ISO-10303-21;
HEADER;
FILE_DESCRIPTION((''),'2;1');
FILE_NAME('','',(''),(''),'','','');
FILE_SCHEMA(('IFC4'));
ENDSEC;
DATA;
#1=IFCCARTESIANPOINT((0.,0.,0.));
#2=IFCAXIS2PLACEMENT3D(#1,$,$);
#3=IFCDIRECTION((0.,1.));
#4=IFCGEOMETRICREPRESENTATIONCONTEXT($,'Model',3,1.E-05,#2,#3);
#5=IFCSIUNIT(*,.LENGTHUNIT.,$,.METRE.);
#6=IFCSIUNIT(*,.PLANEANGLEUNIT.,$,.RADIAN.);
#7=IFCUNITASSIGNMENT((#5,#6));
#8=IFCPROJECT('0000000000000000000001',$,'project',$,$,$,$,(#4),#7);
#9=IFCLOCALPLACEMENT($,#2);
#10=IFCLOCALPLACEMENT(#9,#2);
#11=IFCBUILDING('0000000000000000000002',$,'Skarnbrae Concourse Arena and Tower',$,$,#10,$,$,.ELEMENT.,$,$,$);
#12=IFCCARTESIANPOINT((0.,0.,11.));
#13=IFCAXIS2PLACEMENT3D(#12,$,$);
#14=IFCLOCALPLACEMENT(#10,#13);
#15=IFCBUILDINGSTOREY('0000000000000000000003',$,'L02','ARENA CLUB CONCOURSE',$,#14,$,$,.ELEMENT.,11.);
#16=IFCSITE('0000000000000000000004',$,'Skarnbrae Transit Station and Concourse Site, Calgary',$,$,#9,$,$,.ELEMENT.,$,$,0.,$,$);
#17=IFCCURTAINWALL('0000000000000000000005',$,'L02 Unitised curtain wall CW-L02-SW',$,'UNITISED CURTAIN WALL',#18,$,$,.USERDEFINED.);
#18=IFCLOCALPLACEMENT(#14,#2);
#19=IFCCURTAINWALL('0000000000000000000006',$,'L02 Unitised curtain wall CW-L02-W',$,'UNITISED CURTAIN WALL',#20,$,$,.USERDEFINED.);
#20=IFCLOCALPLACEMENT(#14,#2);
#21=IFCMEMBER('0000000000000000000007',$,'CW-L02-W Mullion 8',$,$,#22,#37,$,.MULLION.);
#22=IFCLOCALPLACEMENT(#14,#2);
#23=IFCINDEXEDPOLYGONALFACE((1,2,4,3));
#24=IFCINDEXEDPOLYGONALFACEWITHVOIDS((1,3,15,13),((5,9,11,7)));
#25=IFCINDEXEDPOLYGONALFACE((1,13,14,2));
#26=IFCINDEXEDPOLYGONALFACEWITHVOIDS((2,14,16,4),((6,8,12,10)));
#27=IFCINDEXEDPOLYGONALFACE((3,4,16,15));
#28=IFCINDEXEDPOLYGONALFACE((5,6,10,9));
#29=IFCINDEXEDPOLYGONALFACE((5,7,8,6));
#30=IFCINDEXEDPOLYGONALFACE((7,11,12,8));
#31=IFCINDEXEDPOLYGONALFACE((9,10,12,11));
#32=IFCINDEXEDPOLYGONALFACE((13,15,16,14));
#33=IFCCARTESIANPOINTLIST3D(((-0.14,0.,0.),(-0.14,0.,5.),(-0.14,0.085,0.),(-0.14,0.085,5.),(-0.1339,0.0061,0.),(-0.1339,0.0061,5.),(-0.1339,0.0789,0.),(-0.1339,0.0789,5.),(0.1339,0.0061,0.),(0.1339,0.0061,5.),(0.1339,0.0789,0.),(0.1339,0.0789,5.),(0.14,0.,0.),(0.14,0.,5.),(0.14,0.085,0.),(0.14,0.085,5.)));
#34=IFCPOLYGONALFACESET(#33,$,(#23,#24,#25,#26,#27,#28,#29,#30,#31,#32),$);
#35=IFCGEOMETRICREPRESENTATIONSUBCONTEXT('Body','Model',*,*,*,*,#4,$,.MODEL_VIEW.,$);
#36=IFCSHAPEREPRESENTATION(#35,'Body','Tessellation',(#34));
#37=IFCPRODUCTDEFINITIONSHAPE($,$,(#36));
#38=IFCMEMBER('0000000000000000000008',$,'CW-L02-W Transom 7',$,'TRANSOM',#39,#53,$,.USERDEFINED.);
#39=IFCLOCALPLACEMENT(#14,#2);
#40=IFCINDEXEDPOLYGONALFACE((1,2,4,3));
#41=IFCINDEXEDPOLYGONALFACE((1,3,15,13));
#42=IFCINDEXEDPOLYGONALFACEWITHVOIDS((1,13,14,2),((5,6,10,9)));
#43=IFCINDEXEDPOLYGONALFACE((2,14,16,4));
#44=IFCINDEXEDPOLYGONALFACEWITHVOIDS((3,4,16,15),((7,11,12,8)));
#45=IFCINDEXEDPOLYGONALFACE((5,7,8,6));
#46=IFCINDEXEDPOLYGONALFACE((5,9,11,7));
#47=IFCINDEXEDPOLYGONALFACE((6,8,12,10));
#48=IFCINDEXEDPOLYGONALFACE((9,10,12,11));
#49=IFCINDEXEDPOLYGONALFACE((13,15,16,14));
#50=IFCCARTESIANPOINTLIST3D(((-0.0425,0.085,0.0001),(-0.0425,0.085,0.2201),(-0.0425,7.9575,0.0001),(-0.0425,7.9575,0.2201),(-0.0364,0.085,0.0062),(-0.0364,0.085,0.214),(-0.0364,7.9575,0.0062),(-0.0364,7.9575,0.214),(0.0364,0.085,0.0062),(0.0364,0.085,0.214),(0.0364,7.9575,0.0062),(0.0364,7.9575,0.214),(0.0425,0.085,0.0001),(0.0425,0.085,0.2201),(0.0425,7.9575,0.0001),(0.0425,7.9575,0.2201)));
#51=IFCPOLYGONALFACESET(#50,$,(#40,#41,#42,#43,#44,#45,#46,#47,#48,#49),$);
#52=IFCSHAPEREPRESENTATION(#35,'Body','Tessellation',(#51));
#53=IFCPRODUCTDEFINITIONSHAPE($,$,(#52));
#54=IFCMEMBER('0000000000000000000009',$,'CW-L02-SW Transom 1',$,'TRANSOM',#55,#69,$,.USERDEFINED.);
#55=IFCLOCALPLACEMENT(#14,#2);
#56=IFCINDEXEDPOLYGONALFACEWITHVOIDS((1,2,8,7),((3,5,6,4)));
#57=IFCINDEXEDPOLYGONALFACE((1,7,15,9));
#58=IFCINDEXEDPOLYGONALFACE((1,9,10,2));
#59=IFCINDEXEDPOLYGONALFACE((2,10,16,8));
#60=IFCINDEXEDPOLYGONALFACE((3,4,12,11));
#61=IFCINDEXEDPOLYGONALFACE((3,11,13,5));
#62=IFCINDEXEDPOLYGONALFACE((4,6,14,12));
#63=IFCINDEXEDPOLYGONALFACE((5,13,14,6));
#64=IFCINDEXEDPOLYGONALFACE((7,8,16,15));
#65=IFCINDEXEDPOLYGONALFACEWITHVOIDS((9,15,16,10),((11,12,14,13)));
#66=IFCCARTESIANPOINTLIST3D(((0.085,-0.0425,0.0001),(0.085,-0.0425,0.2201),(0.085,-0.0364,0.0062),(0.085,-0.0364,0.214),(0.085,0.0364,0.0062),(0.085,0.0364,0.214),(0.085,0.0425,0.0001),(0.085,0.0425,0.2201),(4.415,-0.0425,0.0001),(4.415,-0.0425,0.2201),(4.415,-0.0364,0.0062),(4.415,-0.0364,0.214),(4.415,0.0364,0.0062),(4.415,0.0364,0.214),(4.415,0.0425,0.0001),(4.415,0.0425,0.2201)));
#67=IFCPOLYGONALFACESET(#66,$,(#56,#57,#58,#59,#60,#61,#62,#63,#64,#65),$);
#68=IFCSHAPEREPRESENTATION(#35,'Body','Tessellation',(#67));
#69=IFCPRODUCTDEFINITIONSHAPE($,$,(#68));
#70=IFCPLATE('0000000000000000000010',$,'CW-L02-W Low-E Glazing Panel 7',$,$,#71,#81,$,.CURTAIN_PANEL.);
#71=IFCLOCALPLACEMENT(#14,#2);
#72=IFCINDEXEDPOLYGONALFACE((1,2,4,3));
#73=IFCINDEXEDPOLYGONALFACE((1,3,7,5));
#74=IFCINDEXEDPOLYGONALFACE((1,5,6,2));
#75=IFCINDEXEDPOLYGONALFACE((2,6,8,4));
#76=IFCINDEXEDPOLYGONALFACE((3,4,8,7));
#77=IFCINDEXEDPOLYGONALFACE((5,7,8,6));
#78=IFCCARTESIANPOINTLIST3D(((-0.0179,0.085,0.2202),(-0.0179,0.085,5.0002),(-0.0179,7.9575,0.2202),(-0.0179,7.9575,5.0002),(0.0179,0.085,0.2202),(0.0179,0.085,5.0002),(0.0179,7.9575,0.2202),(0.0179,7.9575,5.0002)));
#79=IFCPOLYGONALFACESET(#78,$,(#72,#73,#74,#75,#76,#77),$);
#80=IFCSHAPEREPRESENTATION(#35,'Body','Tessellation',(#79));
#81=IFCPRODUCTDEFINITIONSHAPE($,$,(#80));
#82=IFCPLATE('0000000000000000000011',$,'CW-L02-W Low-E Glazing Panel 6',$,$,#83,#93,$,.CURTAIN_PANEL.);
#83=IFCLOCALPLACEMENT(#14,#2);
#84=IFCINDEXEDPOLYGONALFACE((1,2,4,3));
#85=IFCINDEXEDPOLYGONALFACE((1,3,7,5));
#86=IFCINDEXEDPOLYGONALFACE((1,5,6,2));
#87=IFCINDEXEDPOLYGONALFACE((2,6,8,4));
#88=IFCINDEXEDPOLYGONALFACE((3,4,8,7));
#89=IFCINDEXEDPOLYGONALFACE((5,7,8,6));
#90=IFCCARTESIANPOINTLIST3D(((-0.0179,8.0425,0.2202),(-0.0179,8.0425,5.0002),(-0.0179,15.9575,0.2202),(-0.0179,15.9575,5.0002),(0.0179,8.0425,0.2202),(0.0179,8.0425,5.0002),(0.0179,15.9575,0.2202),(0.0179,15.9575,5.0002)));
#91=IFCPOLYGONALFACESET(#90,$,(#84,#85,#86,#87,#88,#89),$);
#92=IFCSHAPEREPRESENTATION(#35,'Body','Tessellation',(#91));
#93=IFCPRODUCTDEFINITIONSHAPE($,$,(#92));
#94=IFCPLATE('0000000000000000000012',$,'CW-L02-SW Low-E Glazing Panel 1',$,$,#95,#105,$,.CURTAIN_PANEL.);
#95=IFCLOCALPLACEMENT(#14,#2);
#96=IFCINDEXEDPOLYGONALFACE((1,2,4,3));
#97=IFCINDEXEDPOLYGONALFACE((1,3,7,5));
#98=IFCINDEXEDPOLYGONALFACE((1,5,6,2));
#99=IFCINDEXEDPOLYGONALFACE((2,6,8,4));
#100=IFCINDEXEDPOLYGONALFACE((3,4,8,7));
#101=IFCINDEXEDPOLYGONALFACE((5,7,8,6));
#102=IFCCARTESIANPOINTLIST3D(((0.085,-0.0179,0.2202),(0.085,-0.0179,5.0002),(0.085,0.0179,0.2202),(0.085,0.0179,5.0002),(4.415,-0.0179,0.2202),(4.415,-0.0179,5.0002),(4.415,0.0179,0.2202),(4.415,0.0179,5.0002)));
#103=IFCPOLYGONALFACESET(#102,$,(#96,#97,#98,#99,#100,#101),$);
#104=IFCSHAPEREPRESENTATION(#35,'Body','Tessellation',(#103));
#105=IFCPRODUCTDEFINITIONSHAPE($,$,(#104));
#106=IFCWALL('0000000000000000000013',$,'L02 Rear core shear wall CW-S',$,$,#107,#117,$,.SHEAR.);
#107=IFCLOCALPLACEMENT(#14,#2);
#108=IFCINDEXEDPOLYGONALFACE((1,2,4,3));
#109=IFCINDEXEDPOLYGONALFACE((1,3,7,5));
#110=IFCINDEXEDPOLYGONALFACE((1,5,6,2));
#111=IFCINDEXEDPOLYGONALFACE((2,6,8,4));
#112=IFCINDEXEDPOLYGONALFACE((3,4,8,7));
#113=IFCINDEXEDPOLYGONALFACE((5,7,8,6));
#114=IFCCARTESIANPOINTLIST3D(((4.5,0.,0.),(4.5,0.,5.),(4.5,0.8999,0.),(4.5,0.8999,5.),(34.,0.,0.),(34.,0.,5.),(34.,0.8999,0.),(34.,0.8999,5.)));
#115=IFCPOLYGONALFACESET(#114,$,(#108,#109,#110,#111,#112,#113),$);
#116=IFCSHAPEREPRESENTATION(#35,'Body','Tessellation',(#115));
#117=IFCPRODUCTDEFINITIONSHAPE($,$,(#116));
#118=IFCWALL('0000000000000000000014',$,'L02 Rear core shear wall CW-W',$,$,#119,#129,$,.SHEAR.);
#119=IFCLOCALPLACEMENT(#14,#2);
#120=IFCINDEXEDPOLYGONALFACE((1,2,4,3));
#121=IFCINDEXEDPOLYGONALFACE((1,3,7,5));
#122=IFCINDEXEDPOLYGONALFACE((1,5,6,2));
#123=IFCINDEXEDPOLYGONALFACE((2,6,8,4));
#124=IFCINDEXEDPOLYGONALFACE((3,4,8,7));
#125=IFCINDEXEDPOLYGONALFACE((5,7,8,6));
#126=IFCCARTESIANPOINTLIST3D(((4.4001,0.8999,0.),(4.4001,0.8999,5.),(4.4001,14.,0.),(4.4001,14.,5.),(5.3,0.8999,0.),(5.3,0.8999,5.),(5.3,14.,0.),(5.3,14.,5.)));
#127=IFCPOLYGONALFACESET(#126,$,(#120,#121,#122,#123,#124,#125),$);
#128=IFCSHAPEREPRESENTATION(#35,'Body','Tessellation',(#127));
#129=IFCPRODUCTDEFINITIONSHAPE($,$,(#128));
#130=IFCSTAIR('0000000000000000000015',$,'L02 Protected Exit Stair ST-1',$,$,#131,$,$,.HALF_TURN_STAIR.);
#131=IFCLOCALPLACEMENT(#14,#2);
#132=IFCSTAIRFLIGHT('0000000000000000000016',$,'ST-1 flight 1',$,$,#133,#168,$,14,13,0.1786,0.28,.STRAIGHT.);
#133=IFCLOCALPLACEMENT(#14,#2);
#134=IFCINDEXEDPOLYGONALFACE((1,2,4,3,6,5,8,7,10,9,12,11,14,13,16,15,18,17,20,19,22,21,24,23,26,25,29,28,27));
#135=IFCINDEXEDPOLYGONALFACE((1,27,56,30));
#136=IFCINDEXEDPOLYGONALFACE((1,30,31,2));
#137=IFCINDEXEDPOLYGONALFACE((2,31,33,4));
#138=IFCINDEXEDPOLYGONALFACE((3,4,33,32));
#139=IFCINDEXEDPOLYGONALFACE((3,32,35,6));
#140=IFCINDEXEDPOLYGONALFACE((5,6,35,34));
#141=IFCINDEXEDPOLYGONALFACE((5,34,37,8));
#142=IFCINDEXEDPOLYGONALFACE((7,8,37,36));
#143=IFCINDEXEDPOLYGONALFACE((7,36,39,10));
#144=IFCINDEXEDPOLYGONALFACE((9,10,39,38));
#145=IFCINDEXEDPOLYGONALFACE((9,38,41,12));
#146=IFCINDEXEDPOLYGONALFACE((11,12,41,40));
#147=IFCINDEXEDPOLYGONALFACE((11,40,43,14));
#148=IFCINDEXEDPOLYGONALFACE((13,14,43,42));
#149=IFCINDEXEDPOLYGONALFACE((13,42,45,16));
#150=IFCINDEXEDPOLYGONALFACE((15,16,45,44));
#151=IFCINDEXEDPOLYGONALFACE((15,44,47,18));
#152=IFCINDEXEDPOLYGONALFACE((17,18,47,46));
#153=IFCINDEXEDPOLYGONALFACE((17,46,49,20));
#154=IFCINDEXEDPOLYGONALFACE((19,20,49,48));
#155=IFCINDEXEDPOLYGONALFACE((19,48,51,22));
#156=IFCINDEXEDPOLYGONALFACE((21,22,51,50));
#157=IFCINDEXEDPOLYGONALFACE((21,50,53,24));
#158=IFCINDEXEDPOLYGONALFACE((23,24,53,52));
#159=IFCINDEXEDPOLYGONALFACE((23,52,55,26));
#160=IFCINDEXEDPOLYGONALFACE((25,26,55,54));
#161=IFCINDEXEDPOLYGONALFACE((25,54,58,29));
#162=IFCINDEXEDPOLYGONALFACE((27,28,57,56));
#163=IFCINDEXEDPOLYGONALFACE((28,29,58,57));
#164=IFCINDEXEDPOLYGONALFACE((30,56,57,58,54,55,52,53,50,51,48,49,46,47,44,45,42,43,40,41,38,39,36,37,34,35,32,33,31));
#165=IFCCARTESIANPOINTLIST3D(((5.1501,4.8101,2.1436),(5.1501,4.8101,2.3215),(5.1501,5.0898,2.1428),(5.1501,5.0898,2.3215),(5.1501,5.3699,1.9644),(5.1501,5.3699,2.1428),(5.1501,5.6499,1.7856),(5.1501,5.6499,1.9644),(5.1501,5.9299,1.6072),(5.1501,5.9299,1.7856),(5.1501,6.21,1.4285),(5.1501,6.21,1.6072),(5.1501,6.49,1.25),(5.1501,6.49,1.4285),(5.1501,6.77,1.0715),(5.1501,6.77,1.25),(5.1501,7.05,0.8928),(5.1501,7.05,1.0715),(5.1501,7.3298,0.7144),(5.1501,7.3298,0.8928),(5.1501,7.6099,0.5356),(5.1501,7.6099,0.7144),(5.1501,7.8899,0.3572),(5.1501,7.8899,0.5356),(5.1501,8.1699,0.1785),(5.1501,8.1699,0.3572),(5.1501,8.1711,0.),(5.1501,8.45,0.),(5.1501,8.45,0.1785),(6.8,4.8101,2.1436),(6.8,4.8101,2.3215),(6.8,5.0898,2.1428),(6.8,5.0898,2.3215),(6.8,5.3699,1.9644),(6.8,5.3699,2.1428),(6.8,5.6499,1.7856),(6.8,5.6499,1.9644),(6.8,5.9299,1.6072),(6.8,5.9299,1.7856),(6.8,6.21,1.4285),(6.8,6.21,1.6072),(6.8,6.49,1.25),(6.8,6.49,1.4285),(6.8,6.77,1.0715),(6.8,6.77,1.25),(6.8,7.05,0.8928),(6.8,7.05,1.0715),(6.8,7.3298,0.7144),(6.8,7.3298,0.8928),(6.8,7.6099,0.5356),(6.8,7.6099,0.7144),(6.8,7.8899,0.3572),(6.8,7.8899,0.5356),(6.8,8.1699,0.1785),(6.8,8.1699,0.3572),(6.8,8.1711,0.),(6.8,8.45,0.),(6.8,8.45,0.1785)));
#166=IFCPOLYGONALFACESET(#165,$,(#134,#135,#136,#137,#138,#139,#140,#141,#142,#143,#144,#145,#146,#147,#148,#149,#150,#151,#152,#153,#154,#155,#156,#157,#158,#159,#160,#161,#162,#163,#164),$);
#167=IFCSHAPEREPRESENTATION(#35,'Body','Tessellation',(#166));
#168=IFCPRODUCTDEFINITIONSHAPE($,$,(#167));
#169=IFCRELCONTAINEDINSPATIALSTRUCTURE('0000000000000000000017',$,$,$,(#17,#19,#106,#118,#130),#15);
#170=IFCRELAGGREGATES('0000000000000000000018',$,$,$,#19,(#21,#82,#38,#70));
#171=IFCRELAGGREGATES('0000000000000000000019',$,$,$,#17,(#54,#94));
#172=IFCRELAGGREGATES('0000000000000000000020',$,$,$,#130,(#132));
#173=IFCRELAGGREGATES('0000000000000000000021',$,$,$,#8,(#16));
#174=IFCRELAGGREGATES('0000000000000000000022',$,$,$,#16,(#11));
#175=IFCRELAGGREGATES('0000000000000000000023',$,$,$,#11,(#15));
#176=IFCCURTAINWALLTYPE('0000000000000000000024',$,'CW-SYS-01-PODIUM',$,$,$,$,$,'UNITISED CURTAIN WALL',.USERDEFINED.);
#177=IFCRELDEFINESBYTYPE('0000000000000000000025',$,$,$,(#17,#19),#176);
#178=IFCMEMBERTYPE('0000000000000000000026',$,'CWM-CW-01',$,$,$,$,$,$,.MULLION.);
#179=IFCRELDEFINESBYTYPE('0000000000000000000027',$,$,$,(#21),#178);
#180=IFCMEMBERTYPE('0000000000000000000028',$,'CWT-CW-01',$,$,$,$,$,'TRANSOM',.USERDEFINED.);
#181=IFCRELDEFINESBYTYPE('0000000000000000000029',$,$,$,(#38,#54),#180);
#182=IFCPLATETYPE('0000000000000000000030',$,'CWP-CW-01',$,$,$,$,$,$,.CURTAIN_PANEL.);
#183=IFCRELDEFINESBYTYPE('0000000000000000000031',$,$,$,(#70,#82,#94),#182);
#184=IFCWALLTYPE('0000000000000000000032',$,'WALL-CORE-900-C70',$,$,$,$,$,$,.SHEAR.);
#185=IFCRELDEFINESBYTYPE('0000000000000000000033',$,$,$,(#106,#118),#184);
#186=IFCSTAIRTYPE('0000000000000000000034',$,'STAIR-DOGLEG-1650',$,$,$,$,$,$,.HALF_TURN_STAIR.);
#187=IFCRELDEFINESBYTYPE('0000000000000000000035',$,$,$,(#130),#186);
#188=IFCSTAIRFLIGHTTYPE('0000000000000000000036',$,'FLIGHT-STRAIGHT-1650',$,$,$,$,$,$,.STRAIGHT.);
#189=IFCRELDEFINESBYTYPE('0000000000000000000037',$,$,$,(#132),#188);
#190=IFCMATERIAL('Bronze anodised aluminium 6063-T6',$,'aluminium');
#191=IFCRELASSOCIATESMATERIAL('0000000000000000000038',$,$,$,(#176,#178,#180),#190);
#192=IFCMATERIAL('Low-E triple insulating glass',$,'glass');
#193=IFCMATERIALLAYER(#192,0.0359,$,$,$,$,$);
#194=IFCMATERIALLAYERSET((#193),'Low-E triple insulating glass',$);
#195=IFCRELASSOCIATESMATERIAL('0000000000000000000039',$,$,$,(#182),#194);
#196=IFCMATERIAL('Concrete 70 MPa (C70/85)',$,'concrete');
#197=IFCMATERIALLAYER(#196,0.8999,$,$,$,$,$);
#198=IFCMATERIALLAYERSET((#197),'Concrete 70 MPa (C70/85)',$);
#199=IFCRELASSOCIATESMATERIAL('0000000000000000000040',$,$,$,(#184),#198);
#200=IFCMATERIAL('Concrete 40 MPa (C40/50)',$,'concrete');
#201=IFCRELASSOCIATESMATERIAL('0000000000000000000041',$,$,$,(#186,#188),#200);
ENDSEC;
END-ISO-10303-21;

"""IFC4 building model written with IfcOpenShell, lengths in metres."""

from ifc_helpers import new_model, si_unit, direction, frame, frame_2d, origin, origin_2d, place, context, subcontext, project, spatial, polyline, rectangle, hollow_rectangle, outline, extrude, source, transform, mapped, material, layer, layer_set, material_profile, profile_set, type_object, element, aggregate, save


model = new_model("IFC4")

# Units and contexts
model_context = context("Model", 3, precision=1e-05, world=origin(), true_north=direction((0.0, 1.0)))
body_context = subcontext(model_context, "Body", "Model", "MODEL_VIEW")
ifc_project = project(units=[si_unit("LENGTHUNIT", "METRE"), si_unit("PLANEANGLEUNIT", "RADIAN")], contexts=[model_context])

# Site, building, storey
site_placement = place(None, origin())
site = spatial("IfcSite", under=ifc_project, at=site_placement, Name="Skarnbrae Transit Station and Concourse Site, Calgary", CompositionType="ELEMENT", RefElevation=0.0)
building_placement = place(site_placement, origin())
building = spatial("IfcBuilding", under=site, at=building_placement, Name="Skarnbrae Concourse Arena and Tower", CompositionType="ELEMENT")
storey_placement = place(building_placement, frame((0.0, 0.0, 11.0)))
storey = spatial("IfcBuildingStorey", under=building, at=storey_placement, Name="L02", Description="ARENA CLUB CONCOURSE", CompositionType="ELEMENT", Elevation=11.0)

# Curtain walls, members
ifc_material_1 = material(Name="Bronze anodised aluminium 6063-T6", Category="aluminium")
curtain_wall_type = type_object("IfcCurtainWallType", Name="CW-SYS-01-PODIUM", ElementType="UNITISED CURTAIN WALL", PredefinedType="USERDEFINED", material=ifc_material_1)
curtain_wall_1_placement = place(storey_placement, origin())
curtain_wall_1 = element("IfcCurtainWall", 1, at=curtain_wall_1_placement, inside=storey, type_object=curtain_wall_type, Name="L02 Unitised curtain wall CW-L02-SW", ObjectType="UNITISED CURTAIN WALL", PredefinedType="USERDEFINED")
ifc_material_profile_1 = material_profile(ifc_material_1, hollow_rectangle(XDim=0.085, YDim=0.28, WallThickness=0.0061, at=origin_2d()), Name="ALU-MULL-85X280")
ifc_profile_set_1 = profile_set([ifc_material_profile_1], Name="Bronze anodised aluminium 6063-T6")
member_type_1 = type_object("IfcMemberType", Name="CWM-CW-01", PredefinedType="MULLION", material=ifc_profile_set_1)
shared_shape_1 = source(origin(), body_context, "Body", "SweptSolid", [
    extrude(hollow_rectangle(XDim=0.085, YDim=0.28, WallThickness=0.0061, at=origin_2d()), origin(), (0.0, 0.0, 1.0), 5.0),
])
curtain_wall_2_placement = place(storey_placement, origin())
curtain_wall_2 = element("IfcCurtainWall", 2, at=curtain_wall_2_placement, inside=storey, type_object=curtain_wall_type, Name="L02 Unitised curtain wall CW-L02-W", ObjectType="UNITISED CURTAIN WALL", PredefinedType="USERDEFINED")
member_1_placement = place(storey_placement, frame((0.0, 0.0425, 0.0), z_axis=(0.0, 0.0, 1.0), x_axis=(0.0, -1.0, 0.0)))
member_1 = element("IfcMember", 3, at=member_1_placement, type_object=member_type_1, Name="CW-L02-W Mullion 8", PredefinedType="MULLION", context=body_context, shape_type="MappedRepresentation", body=[
    mapped(shared_shape_1, transform((0.0, 0.0, 0.0))),
])
ifc_material_profile_2 = material_profile(ifc_material_1, hollow_rectangle(XDim=0.085, YDim=0.22, WallThickness=0.0061, at=origin_2d()), Name="ALU-TRAN-85X220")
ifc_profile_set_2 = profile_set([ifc_material_profile_2], Name="Bronze anodised aluminium 6063-T6")
member_type_2 = type_object("IfcMemberType", Name="CWT-CW-01", ElementType="TRANSOM", PredefinedType="USERDEFINED", material=ifc_profile_set_2)
shared_shape_2 = source(origin(), body_context, "Body", "SweptSolid", [
    extrude(hollow_rectangle(XDim=0.085, YDim=0.22, WallThickness=0.0061, at=origin_2d()), origin(), (0.0, 0.0, 1.0), 7.8726),
])
member_2_placement = place(storey_placement, frame((0.0, 7.9575, 0.1101), z_axis=(0.0, -1.0, 0.0), x_axis=(1.0, 0.0, 0.0)))
member_2 = element("IfcMember", 4, at=member_2_placement, type_object=member_type_2, Name="CW-L02-W Transom 7", ObjectType="TRANSOM", PredefinedType="USERDEFINED", context=body_context, shape_type="MappedRepresentation", body=[
    mapped(shared_shape_2, transform((0.0, 0.0, 0.0))),
])

# Member
shared_shape_3 = source(origin(), body_context, "Body", "SweptSolid", [
    extrude(hollow_rectangle(XDim=0.085, YDim=0.22, WallThickness=0.0061, at=origin_2d()), origin(), (0.0, 0.0, 1.0), 4.3301),
])
member_3_placement = place(storey_placement, frame((0.085, 0.0, 0.1101), z_axis=(1.0, 0.0, 0.0), x_axis=(0.0, 1.0, 0.0)))
member_3 = element("IfcMember", 5, at=member_3_placement, type_object=member_type_2, Name="CW-L02-SW Transom 1", ObjectType="TRANSOM", PredefinedType="USERDEFINED", context=body_context, shape_type="MappedRepresentation", body=[
    mapped(shared_shape_3, transform((0.0, 0.0, 0.0))),
])

# Plates
ifc_material_2 = material(Name="Low-E triple insulating glass", Category="glass")
ifc_layer_1 = layer(ifc_material_2, 0.0359)
ifc_layer_set_1 = layer_set([ifc_layer_1], Name="Low-E triple insulating glass")
plate_type = type_object("IfcPlateType", Name="CWP-CW-01", PredefinedType="CURTAIN_PANEL", material=ifc_layer_set_1)
shared_shape_4 = source(origin(), body_context, "Body", "SweptSolid", [
    extrude(rectangle(XDim=7.8726, YDim=0.0359, at=origin_2d()), origin(), (0.0, 0.0, 1.0), 4.78),
])
plate_1_placement = place(storey_placement, frame((0.0, 4.0212, 0.2202), z_axis=(0.0, 0.0, 1.0), x_axis=(0.0, -1.0, 0.0)))
plate_1 = element("IfcPlate", 6, at=plate_1_placement, type_object=plate_type, Name="CW-L02-W Low-E Glazing Panel 7", PredefinedType="CURTAIN_PANEL", context=body_context, shape_type="MappedRepresentation", body=[
    mapped(shared_shape_4, transform((0.0, 0.0, 0.0))),
])
shared_shape_5 = source(origin(), body_context, "Body", "SweptSolid", [
    extrude(rectangle(XDim=7.915, YDim=0.0359, at=origin_2d()), origin(), (0.0, 0.0, 1.0), 4.78),
])
plate_2_placement = place(storey_placement, frame((0.0, 12.0, 0.2202), z_axis=(0.0, 0.0, 1.0), x_axis=(0.0, -1.0, 0.0)))
plate_2 = element("IfcPlate", 7, at=plate_2_placement, type_object=plate_type, Name="CW-L02-W Low-E Glazing Panel 6", PredefinedType="CURTAIN_PANEL", context=body_context, shape_type="MappedRepresentation", body=[
    mapped(shared_shape_5, transform((0.0, 0.0, 0.0))),
])
aggregate(curtain_wall_2, [member_1, plate_2, member_2, plate_1])
shared_shape_6 = source(origin(), body_context, "Body", "SweptSolid", [
    extrude(rectangle(XDim=4.3301, YDim=0.0359, at=origin_2d()), origin(), (0.0, 0.0, 1.0), 4.78),
])
plate_3_placement = place(storey_placement, frame((2.25, 0.0, 0.2202), z_axis=(0.0, 0.0, 1.0), x_axis=(1.0, 0.0, 0.0)))
plate_3 = element("IfcPlate", 8, at=plate_3_placement, type_object=plate_type, Name="CW-L02-SW Low-E Glazing Panel 1", PredefinedType="CURTAIN_PANEL", context=body_context, shape_type="MappedRepresentation", body=[
    mapped(shared_shape_6, transform((0.0, 0.0, 0.0))),
])
aggregate(curtain_wall_1, [member_3, plate_3])

# Walls
ifc_material_3 = material(Name="Concrete 70 MPa (C70/85)", Category="concrete")
ifc_layer_2 = layer(ifc_material_3, 0.8999)
ifc_layer_set_2 = layer_set([ifc_layer_2], Name="Concrete 70 MPa (C70/85)")
wall_type_1 = type_object("IfcWallType", Name="WALL-CORE-900-C70", PredefinedType="SHEAR", material=ifc_layer_set_2)
shared_shape_7 = source(origin(), body_context, "Body", "SweptSolid", [
    extrude(rectangle(XDim=29.5, YDim=0.8999, at=frame_2d((14.75, 0.0))), origin(), (0.0, 0.0, 1.0), 5.0),
])
wall_1_placement = place(storey_placement, frame((4.5, 0.45, 0.0), z_axis=(0.0, 0.0, 1.0), x_axis=(1.0, 0.0, 0.0)))
element("IfcWall", 9, at=wall_1_placement, inside=storey, type_object=wall_type_1, Name="L02 Rear core shear wall CW-S", PredefinedType="SHEAR", context=body_context, shape_type="MappedRepresentation", body=[
    mapped(shared_shape_7, transform((0.0, 0.0, 0.0))),
])
shared_shape_8 = source(origin(), body_context, "Body", "SweptSolid", [
    extrude(rectangle(XDim=13.1001, YDim=0.8999, at=frame_2d((6.55, 0.0))), origin(), (0.0, 0.0, 1.0), 5.0),
])
wall_2_placement = place(storey_placement, frame((4.8501, 0.8999, 0.0), z_axis=(0.0, 0.0, 1.0), x_axis=(0.0, 1.0, 0.0)))
element("IfcWall", 10, at=wall_2_placement, inside=storey, type_object=wall_type_1, Name="L02 Rear core shear wall CW-W", PredefinedType="SHEAR", context=body_context, shape_type="MappedRepresentation", body=[
    mapped(shared_shape_8, transform((0.0, 0.0, 0.0))),
])

# Stair, stair flight
ifc_material_4 = material(Name="Concrete 40 MPa (C40/50)", Category="concrete")
stair_type = type_object("IfcStairType", Name="STAIR-DOGLEG-1650", PredefinedType="HALF_TURN_STAIR", material=ifc_material_4)
stair_placement = place(storey_placement, origin())
stair = element("IfcStair", 11, at=stair_placement, inside=storey, type_object=stair_type, Name="L02 Protected Exit Stair ST-1", PredefinedType="HALF_TURN_STAIR")
stair_flight_type = type_object("IfcStairFlightType", Name="FLIGHT-STRAIGHT-1650", PredefinedType="STRAIGHT", material=ifc_material_4)
shared_shape_9 = source(origin(), body_context, "Body", "SweptSolid", [
    extrude(outline(polyline([(0.0, 0.0), (0.0, 0.1785), (0.28, 0.1785), (0.28, 0.3572), (0.5601, 0.3572), (0.5601, 0.5356), (0.8401, 0.5356), (0.8401, 0.7144), (1.1201, 0.7144), (1.1201, 0.8928), (1.3999, 0.8928), (1.3999, 1.0715), (1.6799, 1.0715), (1.6799, 1.25), (1.96, 1.25), (1.96, 1.4285), (2.24, 1.4285), (2.24, 1.6072), (2.52, 1.6072), (2.52, 1.7856), (2.8, 1.7856), (2.8, 1.9644), (3.0801, 1.9644), (3.0801, 2.1428), (3.3601, 2.1428), (3.3601, 2.3215), (3.6399, 2.3215), (3.6399, 2.5), (3.6399, 2.1436), (0.2788, 0.0), (0.0, 0.0)])), frame((0.0, 0.825, 0.0), z_axis=(0.0, -1.0, 0.0), x_axis=(1.0, 0.0, 0.0)), (0.0, 0.0, 1.0), 1.6499),
])
stair_flight_placement = place(storey_placement, frame((5.9751, 8.45, 0.0), z_axis=(0.0, 0.0, 1.0), x_axis=(0.0, -1.0, 0.0)))
stair_flight = element("IfcStairFlight", 12, at=stair_flight_placement, type_object=stair_flight_type, Name="ST-1 flight 1", NumberOfRisers=14, NumberOfTreads=13, PredefinedType="STRAIGHT", RiserHeight=0.1786, TreadLength=0.28, context=body_context, shape_type="MappedRepresentation", body=[
    mapped(shared_shape_9, transform((0.0, 0.0, 0.0))),
])
aggregate(stair, [stair_flight])

save(model, "model.ifc")
